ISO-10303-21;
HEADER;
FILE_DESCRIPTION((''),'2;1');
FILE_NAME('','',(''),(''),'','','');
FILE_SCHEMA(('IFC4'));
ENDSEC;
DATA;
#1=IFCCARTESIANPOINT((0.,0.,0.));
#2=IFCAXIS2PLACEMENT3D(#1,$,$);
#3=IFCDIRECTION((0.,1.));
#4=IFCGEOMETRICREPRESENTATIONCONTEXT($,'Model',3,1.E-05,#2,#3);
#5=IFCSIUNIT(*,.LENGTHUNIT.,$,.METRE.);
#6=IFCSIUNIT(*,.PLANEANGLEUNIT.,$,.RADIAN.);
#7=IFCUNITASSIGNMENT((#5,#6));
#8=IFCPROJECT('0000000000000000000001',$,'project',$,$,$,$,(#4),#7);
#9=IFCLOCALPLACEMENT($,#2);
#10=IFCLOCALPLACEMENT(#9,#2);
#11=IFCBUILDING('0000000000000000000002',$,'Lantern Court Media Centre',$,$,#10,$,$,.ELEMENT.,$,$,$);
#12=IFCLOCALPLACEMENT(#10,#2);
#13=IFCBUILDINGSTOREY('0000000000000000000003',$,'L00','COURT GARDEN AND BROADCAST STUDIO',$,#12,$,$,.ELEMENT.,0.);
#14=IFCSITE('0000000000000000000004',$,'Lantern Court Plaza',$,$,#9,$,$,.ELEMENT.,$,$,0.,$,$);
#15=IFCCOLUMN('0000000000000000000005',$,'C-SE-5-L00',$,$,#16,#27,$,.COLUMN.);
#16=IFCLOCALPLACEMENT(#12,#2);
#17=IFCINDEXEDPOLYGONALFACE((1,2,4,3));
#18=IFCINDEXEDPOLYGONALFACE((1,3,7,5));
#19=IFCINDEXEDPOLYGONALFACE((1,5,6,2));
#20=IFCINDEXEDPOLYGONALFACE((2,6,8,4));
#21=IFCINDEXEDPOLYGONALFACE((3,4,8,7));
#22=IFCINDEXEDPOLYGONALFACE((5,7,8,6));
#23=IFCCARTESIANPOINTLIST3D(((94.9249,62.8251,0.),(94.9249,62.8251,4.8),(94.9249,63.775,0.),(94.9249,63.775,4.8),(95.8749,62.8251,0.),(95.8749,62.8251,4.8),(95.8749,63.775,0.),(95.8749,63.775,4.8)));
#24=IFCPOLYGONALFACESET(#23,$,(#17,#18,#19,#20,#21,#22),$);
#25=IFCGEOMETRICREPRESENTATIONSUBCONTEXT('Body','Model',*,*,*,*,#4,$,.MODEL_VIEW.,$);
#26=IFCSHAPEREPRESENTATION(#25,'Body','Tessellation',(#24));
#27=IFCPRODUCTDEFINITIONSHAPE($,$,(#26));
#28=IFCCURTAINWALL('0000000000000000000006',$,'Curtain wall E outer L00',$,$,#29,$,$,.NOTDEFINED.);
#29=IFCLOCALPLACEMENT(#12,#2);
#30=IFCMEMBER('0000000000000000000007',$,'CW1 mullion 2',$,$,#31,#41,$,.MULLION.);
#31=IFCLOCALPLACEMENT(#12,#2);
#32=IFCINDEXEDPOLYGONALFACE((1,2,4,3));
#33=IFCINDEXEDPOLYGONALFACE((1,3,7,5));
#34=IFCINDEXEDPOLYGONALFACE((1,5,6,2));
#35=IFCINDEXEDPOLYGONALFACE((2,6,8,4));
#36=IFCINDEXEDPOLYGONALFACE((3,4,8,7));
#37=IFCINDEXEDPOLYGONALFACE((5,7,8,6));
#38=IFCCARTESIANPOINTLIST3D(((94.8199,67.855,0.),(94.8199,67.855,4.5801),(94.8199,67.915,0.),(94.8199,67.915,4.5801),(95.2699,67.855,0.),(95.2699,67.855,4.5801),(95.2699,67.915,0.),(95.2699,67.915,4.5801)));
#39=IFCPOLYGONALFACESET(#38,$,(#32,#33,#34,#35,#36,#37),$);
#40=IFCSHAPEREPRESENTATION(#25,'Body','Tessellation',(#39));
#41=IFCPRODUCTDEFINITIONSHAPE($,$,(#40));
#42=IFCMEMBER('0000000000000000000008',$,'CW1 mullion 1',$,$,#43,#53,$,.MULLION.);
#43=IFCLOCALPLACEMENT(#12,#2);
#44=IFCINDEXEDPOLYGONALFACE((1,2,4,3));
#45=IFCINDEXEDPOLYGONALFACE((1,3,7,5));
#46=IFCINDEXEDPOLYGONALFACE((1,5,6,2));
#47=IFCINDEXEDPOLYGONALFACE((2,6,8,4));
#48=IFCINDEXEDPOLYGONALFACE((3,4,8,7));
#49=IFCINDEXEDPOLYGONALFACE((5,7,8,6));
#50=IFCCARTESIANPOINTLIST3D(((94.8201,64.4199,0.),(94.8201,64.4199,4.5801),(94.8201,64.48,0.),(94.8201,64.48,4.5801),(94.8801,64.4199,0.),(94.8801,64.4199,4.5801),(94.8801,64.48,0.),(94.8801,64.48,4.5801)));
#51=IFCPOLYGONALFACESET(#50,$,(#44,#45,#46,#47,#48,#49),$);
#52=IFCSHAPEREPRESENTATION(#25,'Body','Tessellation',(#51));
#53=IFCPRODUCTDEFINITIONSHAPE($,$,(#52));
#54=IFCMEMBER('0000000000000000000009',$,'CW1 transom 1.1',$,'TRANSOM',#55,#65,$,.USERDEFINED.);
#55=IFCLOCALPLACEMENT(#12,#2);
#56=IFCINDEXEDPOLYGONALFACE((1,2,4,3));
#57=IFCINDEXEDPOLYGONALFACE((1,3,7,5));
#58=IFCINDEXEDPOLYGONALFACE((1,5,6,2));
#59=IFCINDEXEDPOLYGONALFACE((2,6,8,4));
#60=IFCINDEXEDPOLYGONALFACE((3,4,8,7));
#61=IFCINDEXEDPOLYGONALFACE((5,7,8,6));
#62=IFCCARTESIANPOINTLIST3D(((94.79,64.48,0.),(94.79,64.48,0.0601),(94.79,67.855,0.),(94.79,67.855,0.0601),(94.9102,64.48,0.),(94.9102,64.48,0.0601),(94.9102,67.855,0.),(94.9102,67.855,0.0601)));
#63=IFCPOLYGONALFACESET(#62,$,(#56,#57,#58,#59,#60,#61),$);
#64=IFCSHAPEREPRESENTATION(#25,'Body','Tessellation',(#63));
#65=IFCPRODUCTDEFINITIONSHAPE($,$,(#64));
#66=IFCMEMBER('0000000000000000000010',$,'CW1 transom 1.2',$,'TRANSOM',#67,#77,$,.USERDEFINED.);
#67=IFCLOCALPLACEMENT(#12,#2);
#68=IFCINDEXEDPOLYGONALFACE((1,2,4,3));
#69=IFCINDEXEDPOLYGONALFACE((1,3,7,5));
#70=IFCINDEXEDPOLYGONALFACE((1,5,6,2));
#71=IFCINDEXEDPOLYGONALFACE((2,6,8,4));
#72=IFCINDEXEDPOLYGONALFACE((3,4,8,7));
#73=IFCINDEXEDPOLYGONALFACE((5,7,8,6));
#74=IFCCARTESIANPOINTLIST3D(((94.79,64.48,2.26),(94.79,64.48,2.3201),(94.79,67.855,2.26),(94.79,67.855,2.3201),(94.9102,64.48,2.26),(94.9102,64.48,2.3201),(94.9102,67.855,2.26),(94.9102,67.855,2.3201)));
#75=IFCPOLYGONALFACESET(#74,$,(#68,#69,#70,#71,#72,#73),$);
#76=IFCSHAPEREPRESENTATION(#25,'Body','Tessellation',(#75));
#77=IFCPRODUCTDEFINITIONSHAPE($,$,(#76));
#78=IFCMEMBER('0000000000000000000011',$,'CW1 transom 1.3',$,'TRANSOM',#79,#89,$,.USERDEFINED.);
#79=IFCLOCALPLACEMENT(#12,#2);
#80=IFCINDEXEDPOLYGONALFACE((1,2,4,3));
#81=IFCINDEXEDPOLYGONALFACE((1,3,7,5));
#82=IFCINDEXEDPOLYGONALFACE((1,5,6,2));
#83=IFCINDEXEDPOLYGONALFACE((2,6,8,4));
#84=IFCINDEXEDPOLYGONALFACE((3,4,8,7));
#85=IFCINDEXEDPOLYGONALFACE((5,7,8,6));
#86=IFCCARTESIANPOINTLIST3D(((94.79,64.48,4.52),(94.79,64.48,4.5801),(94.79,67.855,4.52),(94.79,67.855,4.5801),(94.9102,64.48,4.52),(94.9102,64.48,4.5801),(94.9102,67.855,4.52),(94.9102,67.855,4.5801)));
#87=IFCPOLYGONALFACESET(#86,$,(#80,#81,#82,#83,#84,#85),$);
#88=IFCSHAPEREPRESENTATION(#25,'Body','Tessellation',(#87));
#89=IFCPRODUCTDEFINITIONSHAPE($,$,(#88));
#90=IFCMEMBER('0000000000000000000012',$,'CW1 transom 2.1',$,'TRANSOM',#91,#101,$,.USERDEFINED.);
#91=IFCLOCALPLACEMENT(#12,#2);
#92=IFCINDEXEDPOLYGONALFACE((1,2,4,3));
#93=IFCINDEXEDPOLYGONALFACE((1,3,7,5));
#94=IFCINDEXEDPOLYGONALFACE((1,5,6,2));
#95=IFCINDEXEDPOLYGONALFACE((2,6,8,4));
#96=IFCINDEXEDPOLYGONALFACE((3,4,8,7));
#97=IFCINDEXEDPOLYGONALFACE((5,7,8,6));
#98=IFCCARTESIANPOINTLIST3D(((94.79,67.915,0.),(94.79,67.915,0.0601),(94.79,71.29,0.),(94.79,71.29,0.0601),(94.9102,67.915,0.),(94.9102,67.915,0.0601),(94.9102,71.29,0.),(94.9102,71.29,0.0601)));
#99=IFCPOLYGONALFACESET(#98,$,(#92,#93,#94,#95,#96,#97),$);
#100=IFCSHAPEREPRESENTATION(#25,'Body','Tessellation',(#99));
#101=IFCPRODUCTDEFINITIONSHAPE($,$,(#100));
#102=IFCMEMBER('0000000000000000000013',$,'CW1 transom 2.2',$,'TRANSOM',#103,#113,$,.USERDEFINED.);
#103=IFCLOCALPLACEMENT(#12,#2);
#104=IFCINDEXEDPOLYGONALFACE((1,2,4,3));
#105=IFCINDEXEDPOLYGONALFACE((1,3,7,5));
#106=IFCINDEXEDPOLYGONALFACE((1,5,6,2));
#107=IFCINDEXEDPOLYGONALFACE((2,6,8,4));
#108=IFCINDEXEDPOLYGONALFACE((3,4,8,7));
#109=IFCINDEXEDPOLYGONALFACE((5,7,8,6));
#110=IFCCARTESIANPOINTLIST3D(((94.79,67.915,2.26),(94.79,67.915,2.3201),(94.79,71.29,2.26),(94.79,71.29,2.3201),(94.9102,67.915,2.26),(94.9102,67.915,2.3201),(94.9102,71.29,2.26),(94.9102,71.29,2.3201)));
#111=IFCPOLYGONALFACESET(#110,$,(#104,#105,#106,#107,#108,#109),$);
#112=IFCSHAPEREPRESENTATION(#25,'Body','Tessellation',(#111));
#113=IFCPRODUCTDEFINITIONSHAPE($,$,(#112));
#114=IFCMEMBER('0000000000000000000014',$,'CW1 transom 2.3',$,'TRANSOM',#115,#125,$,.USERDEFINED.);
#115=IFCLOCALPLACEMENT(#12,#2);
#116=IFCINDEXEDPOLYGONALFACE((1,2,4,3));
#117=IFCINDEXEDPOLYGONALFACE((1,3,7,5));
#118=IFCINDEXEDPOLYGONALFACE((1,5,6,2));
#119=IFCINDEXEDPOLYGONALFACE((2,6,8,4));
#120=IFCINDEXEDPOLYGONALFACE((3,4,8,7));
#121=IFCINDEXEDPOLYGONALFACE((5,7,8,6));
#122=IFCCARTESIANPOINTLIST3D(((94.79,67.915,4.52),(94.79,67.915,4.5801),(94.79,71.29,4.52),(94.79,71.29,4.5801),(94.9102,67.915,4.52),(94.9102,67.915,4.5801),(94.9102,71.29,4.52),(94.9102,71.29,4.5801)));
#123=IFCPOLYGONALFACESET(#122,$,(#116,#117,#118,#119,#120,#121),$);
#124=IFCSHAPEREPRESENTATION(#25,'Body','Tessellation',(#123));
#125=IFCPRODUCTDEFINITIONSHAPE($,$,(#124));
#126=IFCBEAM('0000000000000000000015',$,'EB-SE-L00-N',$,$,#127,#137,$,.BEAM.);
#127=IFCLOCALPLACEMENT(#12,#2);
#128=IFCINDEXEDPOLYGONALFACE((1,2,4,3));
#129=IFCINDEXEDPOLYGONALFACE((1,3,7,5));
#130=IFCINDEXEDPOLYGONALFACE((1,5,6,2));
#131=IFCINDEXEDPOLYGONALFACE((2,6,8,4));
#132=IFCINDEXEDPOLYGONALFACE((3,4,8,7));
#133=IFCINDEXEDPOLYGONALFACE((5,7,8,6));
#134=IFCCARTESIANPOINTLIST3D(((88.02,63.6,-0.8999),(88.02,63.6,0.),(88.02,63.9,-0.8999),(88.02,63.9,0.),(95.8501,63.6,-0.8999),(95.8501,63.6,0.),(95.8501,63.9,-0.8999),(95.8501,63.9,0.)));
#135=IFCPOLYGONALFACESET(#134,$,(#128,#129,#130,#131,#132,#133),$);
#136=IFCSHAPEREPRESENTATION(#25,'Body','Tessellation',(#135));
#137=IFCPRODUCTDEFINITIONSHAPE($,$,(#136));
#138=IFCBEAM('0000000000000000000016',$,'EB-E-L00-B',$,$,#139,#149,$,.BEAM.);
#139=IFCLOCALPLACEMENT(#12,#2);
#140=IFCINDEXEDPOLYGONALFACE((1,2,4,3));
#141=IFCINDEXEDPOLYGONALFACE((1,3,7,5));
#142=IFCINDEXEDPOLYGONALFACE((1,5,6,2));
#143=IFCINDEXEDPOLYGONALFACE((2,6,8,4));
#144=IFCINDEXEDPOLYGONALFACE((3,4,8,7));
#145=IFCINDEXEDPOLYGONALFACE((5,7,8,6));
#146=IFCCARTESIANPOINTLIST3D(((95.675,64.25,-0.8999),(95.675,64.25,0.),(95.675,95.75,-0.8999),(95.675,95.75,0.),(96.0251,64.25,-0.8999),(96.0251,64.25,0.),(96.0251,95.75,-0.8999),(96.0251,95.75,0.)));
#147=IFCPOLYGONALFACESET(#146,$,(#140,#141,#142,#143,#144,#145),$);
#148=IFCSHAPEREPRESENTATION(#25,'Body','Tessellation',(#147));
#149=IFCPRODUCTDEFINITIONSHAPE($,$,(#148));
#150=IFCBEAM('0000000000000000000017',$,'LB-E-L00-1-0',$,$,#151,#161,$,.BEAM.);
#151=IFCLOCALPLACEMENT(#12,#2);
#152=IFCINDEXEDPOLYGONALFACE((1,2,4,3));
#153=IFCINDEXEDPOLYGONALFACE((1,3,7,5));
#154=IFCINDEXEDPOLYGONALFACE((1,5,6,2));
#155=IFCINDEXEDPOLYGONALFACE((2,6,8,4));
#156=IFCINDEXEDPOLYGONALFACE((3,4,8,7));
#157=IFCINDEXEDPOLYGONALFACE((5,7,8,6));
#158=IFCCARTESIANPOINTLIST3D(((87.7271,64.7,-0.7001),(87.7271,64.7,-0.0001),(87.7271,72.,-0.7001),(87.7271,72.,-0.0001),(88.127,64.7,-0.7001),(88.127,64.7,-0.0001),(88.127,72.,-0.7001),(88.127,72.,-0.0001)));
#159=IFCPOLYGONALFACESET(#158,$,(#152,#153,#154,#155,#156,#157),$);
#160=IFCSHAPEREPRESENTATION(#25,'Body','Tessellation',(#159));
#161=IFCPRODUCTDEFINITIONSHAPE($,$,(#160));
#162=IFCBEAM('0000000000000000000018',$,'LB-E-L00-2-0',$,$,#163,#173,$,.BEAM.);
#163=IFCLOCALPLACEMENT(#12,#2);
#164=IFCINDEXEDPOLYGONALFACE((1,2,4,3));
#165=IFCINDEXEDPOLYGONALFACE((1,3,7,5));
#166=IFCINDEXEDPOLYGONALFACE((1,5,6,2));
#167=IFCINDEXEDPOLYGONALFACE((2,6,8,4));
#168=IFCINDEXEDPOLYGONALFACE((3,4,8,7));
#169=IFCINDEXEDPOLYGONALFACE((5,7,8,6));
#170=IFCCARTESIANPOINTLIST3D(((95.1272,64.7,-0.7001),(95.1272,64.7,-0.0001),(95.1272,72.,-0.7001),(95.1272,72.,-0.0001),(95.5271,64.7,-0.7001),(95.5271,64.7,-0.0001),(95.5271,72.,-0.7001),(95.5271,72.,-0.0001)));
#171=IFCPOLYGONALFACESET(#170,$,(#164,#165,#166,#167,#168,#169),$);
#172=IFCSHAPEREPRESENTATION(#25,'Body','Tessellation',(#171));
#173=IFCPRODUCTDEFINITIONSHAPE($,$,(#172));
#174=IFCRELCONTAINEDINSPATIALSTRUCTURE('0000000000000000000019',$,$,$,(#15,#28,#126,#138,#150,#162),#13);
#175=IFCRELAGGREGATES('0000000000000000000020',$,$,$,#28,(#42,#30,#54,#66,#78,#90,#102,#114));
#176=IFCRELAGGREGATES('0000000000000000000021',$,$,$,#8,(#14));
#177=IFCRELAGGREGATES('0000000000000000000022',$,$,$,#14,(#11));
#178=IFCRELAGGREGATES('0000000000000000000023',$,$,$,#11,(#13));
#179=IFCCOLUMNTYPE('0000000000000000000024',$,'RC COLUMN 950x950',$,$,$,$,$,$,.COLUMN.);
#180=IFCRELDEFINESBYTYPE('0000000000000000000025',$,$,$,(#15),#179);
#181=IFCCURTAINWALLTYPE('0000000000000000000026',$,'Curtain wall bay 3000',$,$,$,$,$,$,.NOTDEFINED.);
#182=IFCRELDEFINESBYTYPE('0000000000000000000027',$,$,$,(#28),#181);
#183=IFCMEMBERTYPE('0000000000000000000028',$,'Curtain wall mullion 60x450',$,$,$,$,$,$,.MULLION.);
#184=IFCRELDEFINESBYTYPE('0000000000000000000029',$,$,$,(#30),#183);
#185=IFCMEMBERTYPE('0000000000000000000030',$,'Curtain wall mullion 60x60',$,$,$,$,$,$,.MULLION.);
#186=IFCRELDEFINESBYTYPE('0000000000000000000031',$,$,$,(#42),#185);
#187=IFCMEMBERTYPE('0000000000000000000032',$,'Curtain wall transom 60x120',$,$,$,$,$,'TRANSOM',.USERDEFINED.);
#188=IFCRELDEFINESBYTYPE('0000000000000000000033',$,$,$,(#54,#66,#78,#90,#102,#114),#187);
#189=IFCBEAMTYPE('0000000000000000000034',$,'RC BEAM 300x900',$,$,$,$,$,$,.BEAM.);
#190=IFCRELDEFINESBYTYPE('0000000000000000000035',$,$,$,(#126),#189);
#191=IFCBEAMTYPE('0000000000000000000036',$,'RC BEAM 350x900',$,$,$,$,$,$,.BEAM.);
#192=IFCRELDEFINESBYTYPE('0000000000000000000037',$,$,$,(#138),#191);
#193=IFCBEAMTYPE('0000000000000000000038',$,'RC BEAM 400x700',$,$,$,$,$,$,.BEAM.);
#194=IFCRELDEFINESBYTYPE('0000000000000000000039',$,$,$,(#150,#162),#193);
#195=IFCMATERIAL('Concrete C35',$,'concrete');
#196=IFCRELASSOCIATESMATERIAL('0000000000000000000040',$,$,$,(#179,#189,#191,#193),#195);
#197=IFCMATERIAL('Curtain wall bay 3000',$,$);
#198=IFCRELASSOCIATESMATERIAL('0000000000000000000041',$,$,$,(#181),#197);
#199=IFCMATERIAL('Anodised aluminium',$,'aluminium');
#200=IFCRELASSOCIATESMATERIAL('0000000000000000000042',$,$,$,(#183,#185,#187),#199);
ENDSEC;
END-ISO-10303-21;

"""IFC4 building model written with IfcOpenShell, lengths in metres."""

from ifc_helpers import new_model, si_unit, direction, frame, origin, origin_2d, place, context, subcontext, project, spatial, rectangle, extrude, material, material_profile, profile_set, type_object, element, aggregate, save


model = new_model("IFC4")

# Units and contexts
model_context = context("Model", 3, precision=1e-05, world=origin(), true_north=direction((0.0, 1.0)))
body_context = subcontext(model_context, "Body", "Model", "MODEL_VIEW")
ifc_project = project(units=[si_unit("LENGTHUNIT", "METRE"), si_unit("PLANEANGLEUNIT", "RADIAN")], contexts=[model_context])

# Site, building, storey
site_placement = place(None, origin())
site = spatial("IfcSite", under=ifc_project, at=site_placement, Name="Lantern Court Plaza", CompositionType="ELEMENT", RefElevation=0.0)
building_placement = place(site_placement, origin())
building = spatial("IfcBuilding", under=site, at=building_placement, Name="Lantern Court Media Centre", CompositionType="ELEMENT")
storey_placement = place(building_placement, origin())
storey = spatial("IfcBuildingStorey", under=building, at=storey_placement, Name="L00", Description="COURT GARDEN AND BROADCAST STUDIO", CompositionType="ELEMENT", Elevation=0.0)

# Column
ifc_material_1 = material(Name="Concrete C35", Category="concrete")
ifc_material_profile_1 = material_profile(ifc_material_1, rectangle(XDim=0.95, YDim=0.95, at=origin_2d()), Name="RC 950x950")
ifc_profile_set_1 = profile_set([ifc_material_profile_1], Name="Concrete C35")
column_type_1 = type_object("IfcColumnType", Name="RC COLUMN 950x950", PredefinedType="COLUMN", material=ifc_profile_set_1)
column_placement = place(storey_placement, frame((95.3999, 63.3, 0.0), z_axis=(0.0, 0.0, 1.0), x_axis=(1.0, 0.0, 0.0)))
element("IfcColumn", 1, at=column_placement, inside=storey, type_object=column_type_1, Name="C-SE-5-L00", PredefinedType="COLUMN", context=body_context, shape_type="SweptSolid", body=[
    extrude(rectangle(XDim=0.95, YDim=0.95, at=origin_2d()), origin(), (0.0, 0.0, 1.0), 4.8),
])

# Curtain wall, members
ifc_material_2 = material(Name="Curtain wall bay 3000")
curtain_wall_type = type_object("IfcCurtainWallType", Name="Curtain wall bay 3000", PredefinedType="NOTDEFINED", material=ifc_material_2)
curtain_wall_placement = place(storey_placement, origin())
curtain_wall = element("IfcCurtainWall", 2, at=curtain_wall_placement, inside=storey, type_object=curtain_wall_type, Name="Curtain wall E outer L00", PredefinedType="NOTDEFINED")
ifc_material_3 = material(Name="Anodised aluminium", Category="aluminium")
ifc_material_profile_2 = material_profile(ifc_material_3, rectangle(XDim=0.45, YDim=0.0601, at=origin_2d()), Name="AL 60x450")
ifc_profile_set_2 = profile_set([ifc_material_profile_2], Name="Anodised aluminium")
member_type_1 = type_object("IfcMemberType", Name="Curtain wall mullion 60x450", PredefinedType="MULLION", material=ifc_profile_set_2)
member_1_placement = place(storey_placement, frame((95.0449, 67.885, 0.0), z_axis=(0.0, 0.0, 1.0), x_axis=(-1.0, 0.0, 0.0)))
member_1 = element("IfcMember", 3, at=member_1_placement, type_object=member_type_1, Name="CW1 mullion 2", PredefinedType="MULLION", context=body_context, shape_type="SweptSolid", body=[
    extrude(rectangle(XDim=0.45, YDim=0.0601, at=origin_2d()), origin(), (0.0, 0.0, 1.0), 4.5801),
])
ifc_material_profile_3 = material_profile(ifc_material_3, rectangle(XDim=0.0601, YDim=0.0601, at=origin_2d()), Name="AL 60x60")
ifc_profile_set_3 = profile_set([ifc_material_profile_3], Name="Anodised aluminium")
member_type_2 = type_object("IfcMemberType", Name="Curtain wall mullion 60x60", PredefinedType="MULLION", material=ifc_profile_set_3)
member_2_placement = place(storey_placement, frame((94.8501, 64.45, 0.0), z_axis=(0.0, 0.0, 1.0), x_axis=(-1.0, 0.0, 0.0)))
member_2 = element("IfcMember", 4, at=member_2_placement, type_object=member_type_2, Name="CW1 mullion 1", PredefinedType="MULLION", context=body_context, shape_type="SweptSolid", body=[
    extrude(rectangle(XDim=0.0601, YDim=0.0601, at=origin_2d()), origin(), (0.0, 0.0, 1.0), 4.5801),
])
ifc_material_profile_4 = material_profile(ifc_material_3, rectangle(XDim=0.1201, YDim=0.0601, at=origin_2d()), Name="AL 60x120")
ifc_profile_set_4 = profile_set([ifc_material_profile_4], Name="Anodised aluminium")
member_type_3 = type_object("IfcMemberType", Name="Curtain wall transom 60x120", ElementType="TRANSOM", PredefinedType="USERDEFINED", material=ifc_profile_set_4)
member_3_placement = place(storey_placement, frame((94.8501, 64.48, 0.03), z_axis=(0.0, 1.0, 0.0), x_axis=(-1.0, 0.0, 0.0)))
member_3 = element("IfcMember", 5, at=member_3_placement, type_object=member_type_3, Name="CW1 transom 1.1", ObjectType="TRANSOM", PredefinedType="USERDEFINED", context=body_context, shape_type="SweptSolid", body=[
    extrude(rectangle(XDim=0.1201, YDim=0.0601, at=origin_2d()), origin(), (0.0, 0.0, 1.0), 3.375),
])
member_4_placement = place(storey_placement, frame((94.8501, 64.48, 2.29), z_axis=(0.0, 1.0, 0.0), x_axis=(-1.0, 0.0, 0.0)))
member_4 = element("IfcMember", 6, at=member_4_placement, type_object=member_type_3, Name="CW1 transom 1.2", ObjectType="TRANSOM", PredefinedType="USERDEFINED", context=body_context, shape_type="SweptSolid", body=[
    extrude(rectangle(XDim=0.1201, YDim=0.0601, at=origin_2d()), origin(), (0.0, 0.0, 1.0), 3.375),
])
member_5_placement = place(storey_placement, frame((94.8501, 64.48, 4.55), z_axis=(0.0, 1.0, 0.0), x_axis=(-1.0, 0.0, 0.0)))
member_5 = element("IfcMember", 7, at=member_5_placement, type_object=member_type_3, Name="CW1 transom 1.3", ObjectType="TRANSOM", PredefinedType="USERDEFINED", context=body_context, shape_type="SweptSolid", body=[
    extrude(rectangle(XDim=0.1201, YDim=0.0601, at=origin_2d()), origin(), (0.0, 0.0, 1.0), 3.375),
])
member_6_placement = place(storey_placement, frame((94.8501, 67.915, 0.03), z_axis=(0.0, 1.0, 0.0), x_axis=(-1.0, 0.0, 0.0)))
member_6 = element("IfcMember", 8, at=member_6_placement, type_object=member_type_3, Name="CW1 transom 2.1", ObjectType="TRANSOM", PredefinedType="USERDEFINED", context=body_context, shape_type="SweptSolid", body=[
    extrude(rectangle(XDim=0.1201, YDim=0.0601, at=origin_2d()), origin(), (0.0, 0.0, 1.0), 3.375),
])
member_7_placement = place(storey_placement, frame((94.8501, 67.915, 2.29), z_axis=(0.0, 1.0, 0.0), x_axis=(-1.0, 0.0, 0.0)))
member_7 = element("IfcMember", 9, at=member_7_placement, type_object=member_type_3, Name="CW1 transom 2.2", ObjectType="TRANSOM", PredefinedType="USERDEFINED", context=body_context, shape_type="SweptSolid", body=[
    extrude(rectangle(XDim=0.1201, YDim=0.0601, at=origin_2d()), origin(), (0.0, 0.0, 1.0), 3.375),
])
member_8_placement = place(storey_placement, frame((94.8501, 67.915, 4.55), z_axis=(0.0, 1.0, 0.0), x_axis=(-1.0, 0.0, 0.0)))
member_8 = element("IfcMember", 10, at=member_8_placement, type_object=member_type_3, Name="CW1 transom 2.3", ObjectType="TRANSOM", PredefinedType="USERDEFINED", context=body_context, shape_type="SweptSolid", body=[
    extrude(rectangle(XDim=0.1201, YDim=0.0601, at=origin_2d()), origin(), (0.0, 0.0, 1.0), 3.375),
])

# Beams
ifc_material_profile_5 = material_profile(ifc_material_1, rectangle(XDim=0.3, YDim=0.8999, at=origin_2d()), Name="RC 300x900")
ifc_profile_set_5 = profile_set([ifc_material_profile_5], Name="Concrete C35")
beam_type_1 = type_object("IfcBeamType", Name="RC BEAM 300x900", PredefinedType="BEAM", material=ifc_profile_set_5)
beam_1_placement = place(storey_placement, frame((88.02, 63.75, -0.45), z_axis=(1.0, 0.0, 0.0), x_axis=(0.0, 1.0, 0.0)))
element("IfcBeam", 11, at=beam_1_placement, inside=storey, type_object=beam_type_1, Name="EB-SE-L00-N", PredefinedType="BEAM", context=body_context, shape_type="SweptSolid", body=[
    extrude(rectangle(XDim=0.3, YDim=0.8999, at=origin_2d()), origin(), (0.0, 0.0, 1.0), 7.8301),
])
ifc_material_profile_6 = material_profile(ifc_material_1, rectangle(XDim=0.3501, YDim=0.8999, at=origin_2d()), Name="RC 350x900")
ifc_profile_set_6 = profile_set([ifc_material_profile_6], Name="Concrete C35")
beam_type_2 = type_object("IfcBeamType", Name="RC BEAM 350x900", PredefinedType="BEAM", material=ifc_profile_set_6)
beam_2_placement = place(storey_placement, frame((95.8501, 64.25, -0.45), z_axis=(0.0, 1.0, 0.0), x_axis=(-1.0, 0.0, 0.0)))
element("IfcBeam", 12, at=beam_2_placement, inside=storey, type_object=beam_type_2, Name="EB-E-L00-B", PredefinedType="BEAM", context=body_context, shape_type="SweptSolid", body=[
    extrude(rectangle(XDim=0.3501, YDim=0.8999, at=origin_2d()), origin(), (0.0, 0.0, 1.0), 31.5),
])
ifc_material_profile_7 = material_profile(ifc_material_1, rectangle(XDim=0.3999, YDim=0.7, at=origin_2d()), Name="RC 400x700")
ifc_profile_set_7 = profile_set([ifc_material_profile_7], Name="Concrete C35")
beam_type_3 = type_object("IfcBeamType", Name="RC BEAM 400x700", PredefinedType="BEAM", material=ifc_profile_set_7)
for number, where, z_axis, x_axis, name in (
    (13, (87.927, 64.7, -0.3501), (0.0, 1.0, 0.0), (-1.0, 0.0, 0.0), "LB-E-L00-1-0"),
    (14, (95.3271, 64.7, -0.3501), (0.0, 1.0, 0.0), (-1.0, 0.0, 0.0), "LB-E-L00-2-0"),
):
    element("IfcBeam", number, at=place(storey_placement, frame(where, z_axis=z_axis, x_axis=x_axis)), inside=storey, type_object=beam_type_3, Name=name, PredefinedType="BEAM", context=body_context, shape_type="SweptSolid", body=[
        extrude(rectangle(XDim=0.3999, YDim=0.7, at=origin_2d()), origin(), (0.0, 0.0, 1.0), 7.3),
    ])

aggregate(curtain_wall, [member_2, member_1, member_3, member_4, member_5, member_6, member_7, member_8])

save(model, "model.ifc")
